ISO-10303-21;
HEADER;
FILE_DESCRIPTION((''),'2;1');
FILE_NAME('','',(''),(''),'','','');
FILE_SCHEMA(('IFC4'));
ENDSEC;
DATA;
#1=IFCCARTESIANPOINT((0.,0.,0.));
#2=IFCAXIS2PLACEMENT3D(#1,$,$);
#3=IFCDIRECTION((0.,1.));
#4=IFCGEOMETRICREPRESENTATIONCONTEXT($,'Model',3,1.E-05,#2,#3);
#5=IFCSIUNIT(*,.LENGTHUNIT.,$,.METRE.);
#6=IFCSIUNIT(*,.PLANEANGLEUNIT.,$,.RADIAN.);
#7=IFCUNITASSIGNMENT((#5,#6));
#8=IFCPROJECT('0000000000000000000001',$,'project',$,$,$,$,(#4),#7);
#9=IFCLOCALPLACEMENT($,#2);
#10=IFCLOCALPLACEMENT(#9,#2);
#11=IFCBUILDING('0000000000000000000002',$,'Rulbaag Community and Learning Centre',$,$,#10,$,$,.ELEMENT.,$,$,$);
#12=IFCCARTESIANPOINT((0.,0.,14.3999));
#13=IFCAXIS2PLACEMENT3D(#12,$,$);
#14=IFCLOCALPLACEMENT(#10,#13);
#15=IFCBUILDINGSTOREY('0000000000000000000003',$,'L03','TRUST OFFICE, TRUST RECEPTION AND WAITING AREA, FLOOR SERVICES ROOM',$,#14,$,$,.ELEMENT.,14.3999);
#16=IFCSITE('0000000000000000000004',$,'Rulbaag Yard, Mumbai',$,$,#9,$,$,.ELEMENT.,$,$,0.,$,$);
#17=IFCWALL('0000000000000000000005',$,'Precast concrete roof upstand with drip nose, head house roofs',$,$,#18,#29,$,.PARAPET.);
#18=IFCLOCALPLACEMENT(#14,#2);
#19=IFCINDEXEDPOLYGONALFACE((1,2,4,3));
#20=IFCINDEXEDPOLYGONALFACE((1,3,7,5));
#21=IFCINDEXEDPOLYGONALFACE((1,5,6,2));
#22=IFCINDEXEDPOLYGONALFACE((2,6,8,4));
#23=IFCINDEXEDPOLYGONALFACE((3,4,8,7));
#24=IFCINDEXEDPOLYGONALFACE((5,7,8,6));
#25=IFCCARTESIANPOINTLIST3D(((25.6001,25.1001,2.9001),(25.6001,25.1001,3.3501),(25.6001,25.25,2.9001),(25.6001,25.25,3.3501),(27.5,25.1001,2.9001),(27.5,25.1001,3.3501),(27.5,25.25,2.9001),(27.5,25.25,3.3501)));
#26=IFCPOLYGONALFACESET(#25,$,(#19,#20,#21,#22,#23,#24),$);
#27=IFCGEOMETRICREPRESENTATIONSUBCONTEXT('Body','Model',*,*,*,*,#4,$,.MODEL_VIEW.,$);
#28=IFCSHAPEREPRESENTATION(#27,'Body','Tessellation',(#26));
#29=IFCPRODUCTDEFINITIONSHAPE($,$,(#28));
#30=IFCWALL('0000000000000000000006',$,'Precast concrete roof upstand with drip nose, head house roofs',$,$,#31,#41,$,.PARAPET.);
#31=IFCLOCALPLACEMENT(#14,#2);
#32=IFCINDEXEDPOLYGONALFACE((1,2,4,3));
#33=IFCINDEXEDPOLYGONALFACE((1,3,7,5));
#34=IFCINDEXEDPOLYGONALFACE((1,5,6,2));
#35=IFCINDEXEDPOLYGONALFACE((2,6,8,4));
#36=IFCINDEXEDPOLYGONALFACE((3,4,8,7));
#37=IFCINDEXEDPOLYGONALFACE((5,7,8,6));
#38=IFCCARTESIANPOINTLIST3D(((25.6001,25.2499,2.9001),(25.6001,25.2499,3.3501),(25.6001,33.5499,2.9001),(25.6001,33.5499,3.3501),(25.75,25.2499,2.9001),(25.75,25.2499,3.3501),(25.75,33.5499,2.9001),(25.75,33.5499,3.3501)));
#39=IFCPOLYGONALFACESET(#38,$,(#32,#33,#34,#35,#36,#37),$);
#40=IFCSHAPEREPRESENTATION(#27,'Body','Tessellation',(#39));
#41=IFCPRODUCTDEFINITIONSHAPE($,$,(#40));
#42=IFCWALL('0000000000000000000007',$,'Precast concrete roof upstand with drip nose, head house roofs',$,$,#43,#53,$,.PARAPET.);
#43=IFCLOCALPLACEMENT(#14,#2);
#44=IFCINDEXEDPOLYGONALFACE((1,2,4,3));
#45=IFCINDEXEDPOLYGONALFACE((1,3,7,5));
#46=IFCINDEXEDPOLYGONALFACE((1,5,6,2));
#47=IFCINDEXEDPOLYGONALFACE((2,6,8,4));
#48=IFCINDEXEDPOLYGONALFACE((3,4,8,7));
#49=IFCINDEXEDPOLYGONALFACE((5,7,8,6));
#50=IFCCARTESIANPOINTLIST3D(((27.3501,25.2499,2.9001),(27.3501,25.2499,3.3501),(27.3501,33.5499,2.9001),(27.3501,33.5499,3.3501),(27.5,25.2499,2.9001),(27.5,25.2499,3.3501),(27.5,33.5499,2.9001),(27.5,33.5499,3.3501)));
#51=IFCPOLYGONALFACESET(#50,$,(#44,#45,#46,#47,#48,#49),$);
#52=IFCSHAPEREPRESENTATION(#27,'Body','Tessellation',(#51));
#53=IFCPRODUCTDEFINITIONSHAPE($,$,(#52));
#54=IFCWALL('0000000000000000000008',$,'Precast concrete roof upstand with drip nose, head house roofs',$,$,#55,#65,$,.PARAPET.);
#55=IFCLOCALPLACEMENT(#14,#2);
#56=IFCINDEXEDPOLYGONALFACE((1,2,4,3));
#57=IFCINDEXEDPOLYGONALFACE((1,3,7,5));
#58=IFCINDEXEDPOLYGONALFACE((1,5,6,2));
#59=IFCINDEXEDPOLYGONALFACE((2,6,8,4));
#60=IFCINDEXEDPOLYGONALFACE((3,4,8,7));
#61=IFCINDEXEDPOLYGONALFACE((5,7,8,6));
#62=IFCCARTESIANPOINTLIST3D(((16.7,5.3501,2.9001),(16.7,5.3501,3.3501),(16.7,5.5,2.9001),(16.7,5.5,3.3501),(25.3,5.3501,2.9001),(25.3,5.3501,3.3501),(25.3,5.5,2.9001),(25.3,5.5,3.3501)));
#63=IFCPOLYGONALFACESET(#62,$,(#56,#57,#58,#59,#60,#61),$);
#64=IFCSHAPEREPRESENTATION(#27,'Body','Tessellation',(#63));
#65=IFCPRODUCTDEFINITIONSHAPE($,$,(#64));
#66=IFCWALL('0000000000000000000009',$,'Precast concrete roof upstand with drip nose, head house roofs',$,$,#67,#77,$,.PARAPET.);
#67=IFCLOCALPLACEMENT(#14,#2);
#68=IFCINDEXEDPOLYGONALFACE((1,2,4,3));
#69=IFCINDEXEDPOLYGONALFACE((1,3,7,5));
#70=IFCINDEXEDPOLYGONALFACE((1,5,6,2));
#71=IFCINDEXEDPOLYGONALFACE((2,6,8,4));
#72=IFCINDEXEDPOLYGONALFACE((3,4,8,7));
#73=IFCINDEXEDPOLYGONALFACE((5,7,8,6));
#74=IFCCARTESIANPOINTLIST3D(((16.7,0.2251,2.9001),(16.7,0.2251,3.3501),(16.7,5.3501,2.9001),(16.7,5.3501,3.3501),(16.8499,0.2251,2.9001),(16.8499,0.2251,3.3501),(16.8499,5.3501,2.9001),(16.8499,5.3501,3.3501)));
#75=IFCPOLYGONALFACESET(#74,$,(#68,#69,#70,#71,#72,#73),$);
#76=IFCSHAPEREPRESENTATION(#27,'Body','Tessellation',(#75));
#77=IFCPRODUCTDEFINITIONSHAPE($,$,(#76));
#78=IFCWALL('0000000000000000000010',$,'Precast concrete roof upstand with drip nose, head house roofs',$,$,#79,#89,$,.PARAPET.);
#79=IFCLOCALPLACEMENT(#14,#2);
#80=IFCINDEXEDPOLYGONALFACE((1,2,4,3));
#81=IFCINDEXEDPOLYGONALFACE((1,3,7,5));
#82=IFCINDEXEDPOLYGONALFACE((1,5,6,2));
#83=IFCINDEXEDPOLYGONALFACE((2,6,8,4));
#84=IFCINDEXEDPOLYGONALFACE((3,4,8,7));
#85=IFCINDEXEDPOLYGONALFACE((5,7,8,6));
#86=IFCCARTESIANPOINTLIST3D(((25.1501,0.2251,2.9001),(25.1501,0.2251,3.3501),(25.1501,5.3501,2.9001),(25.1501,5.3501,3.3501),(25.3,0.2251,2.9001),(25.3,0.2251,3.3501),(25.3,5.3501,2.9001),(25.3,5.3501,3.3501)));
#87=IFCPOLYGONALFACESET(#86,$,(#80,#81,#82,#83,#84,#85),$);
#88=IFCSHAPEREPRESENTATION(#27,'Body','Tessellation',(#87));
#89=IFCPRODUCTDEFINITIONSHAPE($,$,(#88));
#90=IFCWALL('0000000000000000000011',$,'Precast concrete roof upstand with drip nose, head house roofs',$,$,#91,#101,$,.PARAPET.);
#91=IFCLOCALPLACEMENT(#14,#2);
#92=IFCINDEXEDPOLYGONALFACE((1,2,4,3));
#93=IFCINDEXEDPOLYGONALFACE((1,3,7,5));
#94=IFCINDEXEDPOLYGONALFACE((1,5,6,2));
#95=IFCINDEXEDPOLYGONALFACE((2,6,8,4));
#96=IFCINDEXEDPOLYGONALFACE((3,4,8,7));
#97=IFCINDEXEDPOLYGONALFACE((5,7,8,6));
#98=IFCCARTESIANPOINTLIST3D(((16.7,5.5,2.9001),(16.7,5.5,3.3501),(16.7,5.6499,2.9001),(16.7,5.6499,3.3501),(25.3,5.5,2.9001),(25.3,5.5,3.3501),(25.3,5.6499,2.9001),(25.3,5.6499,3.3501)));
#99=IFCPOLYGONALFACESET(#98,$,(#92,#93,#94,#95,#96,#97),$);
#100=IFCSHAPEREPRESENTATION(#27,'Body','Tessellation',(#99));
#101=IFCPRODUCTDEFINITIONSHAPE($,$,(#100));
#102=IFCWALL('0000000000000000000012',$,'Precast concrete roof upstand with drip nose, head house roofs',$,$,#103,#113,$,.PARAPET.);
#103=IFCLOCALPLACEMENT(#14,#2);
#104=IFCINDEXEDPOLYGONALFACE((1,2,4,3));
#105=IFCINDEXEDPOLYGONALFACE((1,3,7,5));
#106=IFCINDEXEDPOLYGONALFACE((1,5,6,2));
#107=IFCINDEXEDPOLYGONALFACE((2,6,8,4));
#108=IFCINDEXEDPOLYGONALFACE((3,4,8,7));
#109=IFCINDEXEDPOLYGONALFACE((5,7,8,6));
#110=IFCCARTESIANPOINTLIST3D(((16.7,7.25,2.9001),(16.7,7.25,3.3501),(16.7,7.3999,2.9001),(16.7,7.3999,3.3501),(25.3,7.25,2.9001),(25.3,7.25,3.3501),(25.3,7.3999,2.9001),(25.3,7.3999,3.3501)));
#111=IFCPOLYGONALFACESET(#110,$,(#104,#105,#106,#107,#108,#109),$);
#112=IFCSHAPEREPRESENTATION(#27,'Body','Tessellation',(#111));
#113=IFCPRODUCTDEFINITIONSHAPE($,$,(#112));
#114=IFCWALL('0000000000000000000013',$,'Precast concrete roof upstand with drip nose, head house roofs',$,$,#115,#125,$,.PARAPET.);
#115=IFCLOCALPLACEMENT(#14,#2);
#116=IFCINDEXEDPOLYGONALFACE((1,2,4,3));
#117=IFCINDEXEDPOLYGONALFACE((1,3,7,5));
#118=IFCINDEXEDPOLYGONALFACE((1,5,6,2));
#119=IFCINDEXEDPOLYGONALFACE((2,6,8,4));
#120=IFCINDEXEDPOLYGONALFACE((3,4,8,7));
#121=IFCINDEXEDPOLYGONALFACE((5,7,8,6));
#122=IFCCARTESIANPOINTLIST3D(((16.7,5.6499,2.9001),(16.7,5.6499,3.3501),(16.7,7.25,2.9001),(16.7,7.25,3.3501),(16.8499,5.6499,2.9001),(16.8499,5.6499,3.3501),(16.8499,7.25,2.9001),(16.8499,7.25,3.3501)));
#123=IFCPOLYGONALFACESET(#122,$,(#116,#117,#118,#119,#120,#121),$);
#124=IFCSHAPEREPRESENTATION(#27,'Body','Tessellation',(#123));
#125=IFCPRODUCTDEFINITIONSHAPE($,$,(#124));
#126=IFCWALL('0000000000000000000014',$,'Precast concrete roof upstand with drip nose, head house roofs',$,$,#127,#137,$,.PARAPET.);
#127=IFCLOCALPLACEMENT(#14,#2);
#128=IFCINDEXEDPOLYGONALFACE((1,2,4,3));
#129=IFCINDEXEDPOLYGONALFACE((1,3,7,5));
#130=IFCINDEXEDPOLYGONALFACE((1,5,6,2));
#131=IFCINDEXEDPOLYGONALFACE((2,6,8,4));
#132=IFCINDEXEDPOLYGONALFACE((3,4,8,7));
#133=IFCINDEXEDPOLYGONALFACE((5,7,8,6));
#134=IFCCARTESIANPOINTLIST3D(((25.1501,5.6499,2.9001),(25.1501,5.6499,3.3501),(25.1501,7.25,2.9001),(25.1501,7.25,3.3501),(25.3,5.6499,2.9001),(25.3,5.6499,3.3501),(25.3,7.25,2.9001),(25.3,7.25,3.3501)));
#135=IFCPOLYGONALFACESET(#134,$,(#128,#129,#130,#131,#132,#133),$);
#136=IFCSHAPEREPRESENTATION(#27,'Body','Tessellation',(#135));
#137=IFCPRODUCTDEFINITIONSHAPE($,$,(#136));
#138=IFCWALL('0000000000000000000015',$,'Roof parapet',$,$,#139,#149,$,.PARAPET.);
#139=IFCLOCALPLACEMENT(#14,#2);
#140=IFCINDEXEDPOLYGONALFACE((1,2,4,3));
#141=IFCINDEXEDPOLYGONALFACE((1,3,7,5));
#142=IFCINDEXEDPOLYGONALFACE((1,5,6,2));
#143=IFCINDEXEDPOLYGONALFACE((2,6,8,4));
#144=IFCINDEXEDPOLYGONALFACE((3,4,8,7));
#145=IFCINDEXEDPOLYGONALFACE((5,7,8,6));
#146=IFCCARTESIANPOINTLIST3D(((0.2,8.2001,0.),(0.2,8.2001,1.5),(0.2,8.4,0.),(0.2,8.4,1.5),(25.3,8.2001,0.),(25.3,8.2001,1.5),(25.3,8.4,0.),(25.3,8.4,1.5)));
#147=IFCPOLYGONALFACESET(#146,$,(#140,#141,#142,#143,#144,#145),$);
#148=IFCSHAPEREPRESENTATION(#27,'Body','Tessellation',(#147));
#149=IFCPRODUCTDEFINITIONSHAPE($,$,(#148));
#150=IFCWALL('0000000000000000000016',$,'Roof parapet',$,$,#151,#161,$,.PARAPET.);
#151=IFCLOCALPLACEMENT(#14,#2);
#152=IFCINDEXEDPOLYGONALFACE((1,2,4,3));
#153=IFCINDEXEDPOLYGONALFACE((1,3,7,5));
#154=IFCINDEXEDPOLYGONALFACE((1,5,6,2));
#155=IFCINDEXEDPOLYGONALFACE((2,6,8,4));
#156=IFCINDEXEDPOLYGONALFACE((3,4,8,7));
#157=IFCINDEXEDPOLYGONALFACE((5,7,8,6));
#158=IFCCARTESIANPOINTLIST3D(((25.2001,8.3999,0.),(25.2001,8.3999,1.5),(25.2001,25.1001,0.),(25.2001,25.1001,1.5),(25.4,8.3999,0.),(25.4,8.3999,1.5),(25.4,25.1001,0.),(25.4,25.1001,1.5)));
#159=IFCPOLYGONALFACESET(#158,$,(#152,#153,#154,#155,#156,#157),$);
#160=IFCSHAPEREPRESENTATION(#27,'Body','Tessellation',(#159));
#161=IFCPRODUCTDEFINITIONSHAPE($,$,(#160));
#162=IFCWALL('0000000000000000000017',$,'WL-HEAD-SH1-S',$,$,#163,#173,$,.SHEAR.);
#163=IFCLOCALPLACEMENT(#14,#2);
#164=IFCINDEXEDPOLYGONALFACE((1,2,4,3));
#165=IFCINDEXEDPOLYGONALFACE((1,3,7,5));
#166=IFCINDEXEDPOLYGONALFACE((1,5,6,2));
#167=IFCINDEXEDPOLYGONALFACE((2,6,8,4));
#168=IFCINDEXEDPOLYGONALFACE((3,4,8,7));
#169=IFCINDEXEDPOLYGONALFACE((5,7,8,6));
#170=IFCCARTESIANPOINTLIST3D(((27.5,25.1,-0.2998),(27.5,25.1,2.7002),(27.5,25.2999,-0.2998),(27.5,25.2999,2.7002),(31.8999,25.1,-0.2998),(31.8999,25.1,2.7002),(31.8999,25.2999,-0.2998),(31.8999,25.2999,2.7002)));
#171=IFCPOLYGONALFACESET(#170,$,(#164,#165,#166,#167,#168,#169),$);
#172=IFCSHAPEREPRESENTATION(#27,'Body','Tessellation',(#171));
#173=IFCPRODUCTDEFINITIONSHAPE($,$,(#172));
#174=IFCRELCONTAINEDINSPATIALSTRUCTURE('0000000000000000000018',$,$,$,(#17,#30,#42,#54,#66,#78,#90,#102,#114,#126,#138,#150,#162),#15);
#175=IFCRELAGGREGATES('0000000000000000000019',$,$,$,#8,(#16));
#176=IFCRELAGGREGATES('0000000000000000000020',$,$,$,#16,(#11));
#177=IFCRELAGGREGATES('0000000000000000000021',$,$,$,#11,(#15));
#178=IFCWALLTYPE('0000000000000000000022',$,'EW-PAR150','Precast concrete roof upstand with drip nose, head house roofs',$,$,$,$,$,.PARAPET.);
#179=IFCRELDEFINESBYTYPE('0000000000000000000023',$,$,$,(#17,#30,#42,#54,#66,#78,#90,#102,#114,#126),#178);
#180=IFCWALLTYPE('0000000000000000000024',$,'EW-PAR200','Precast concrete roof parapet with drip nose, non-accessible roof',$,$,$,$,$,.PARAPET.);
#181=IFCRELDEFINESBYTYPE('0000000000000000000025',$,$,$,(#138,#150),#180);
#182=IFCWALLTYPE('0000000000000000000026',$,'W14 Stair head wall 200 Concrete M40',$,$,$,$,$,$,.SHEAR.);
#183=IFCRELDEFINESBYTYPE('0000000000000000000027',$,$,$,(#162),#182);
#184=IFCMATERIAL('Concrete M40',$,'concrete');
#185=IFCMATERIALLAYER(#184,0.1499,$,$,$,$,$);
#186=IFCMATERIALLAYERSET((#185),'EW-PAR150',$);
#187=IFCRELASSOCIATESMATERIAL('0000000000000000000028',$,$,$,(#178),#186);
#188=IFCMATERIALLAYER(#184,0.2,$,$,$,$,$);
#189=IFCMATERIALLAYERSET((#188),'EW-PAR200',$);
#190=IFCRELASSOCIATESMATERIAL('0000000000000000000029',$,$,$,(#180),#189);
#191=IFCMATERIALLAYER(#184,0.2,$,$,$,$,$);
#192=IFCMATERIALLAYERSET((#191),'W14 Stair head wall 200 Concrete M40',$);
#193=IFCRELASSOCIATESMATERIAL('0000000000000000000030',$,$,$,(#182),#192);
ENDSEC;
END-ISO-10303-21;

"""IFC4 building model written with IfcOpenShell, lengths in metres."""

from ifc_helpers import new_model, si_unit, direction, frame, frame_2d, origin, place, context, subcontext, project, spatial, rectangle, extrude, material, layer, layer_set, type_object, element, save


model = new_model("IFC4")

# Units and contexts
model_context = context("Model", 3, precision=1e-05, world=origin(), true_north=direction((0.0, 1.0)))
body_context = subcontext(model_context, "Body", "Model", "MODEL_VIEW")
ifc_project = project(units=[si_unit("LENGTHUNIT", "METRE"), si_unit("PLANEANGLEUNIT", "RADIAN")], contexts=[model_context])

# Site, building, storey
site_placement = place(None, origin())
site = spatial("IfcSite", under=ifc_project, at=site_placement, Name="Rulbaag Yard, Mumbai", CompositionType="ELEMENT", RefElevation=0.0)
building_placement = place(site_placement, origin())
building = spatial("IfcBuilding", under=site, at=building_placement, Name="Rulbaag Community and Learning Centre", CompositionType="ELEMENT")
storey_placement = place(building_placement, frame((0.0, 0.0, 14.3999)))
storey = spatial("IfcBuildingStorey", under=building, at=storey_placement, Name="L03", Description="TRUST OFFICE, TRUST RECEPTION AND WAITING AREA, FLOOR SERVICES ROOM", CompositionType="ELEMENT", Elevation=14.3999)

# Shared definitions
ifc_material_1 = material(Name="Concrete M40", Category="concrete")

# Walls
ifc_layer_1 = layer(ifc_material_1, 0.1499)
ifc_layer_set_1 = layer_set([ifc_layer_1], Name="EW-PAR150")
wall_type_1 = type_object("IfcWallType", Name="EW-PAR150", Description="Precast concrete roof upstand with drip nose, head house roofs", PredefinedType="PARAPET", material=ifc_layer_set_1)
wall_1_placement = place(storey_placement, frame((25.6001, 25.175, 2.9001), z_axis=(0.0, 0.0, 1.0), x_axis=(1.0, 0.0, 0.0)))
element("IfcWall", 1, at=wall_1_placement, inside=storey, type_object=wall_type_1, Name="Precast concrete roof upstand with drip nose, head house roofs", PredefinedType="PARAPET", context=body_context, shape_type="SweptSolid", body=[
    extrude(rectangle(XDim=1.8999, YDim=0.1499, at=frame_2d((0.95, 0.0))), origin(), (0.0, 0.0, 1.0), 0.45),
])
for number, where, z_axis, x_axis, name in (
    (2, (25.675, 25.25, 2.9001), (0.0, 0.0, 1.0), (0.0, 1.0, 0.0), "Precast concrete roof upstand with drip nose, head house roofs"),
    (3, (27.425, 25.25, 2.9001), (0.0, 0.0, 1.0), (0.0, 1.0, 0.0), "Precast concrete roof upstand with drip nose, head house roofs"),
):
    element("IfcWall", number, at=place(storey_placement, frame(where, z_axis=z_axis, x_axis=x_axis)), inside=storey, type_object=wall_type_1, Name=name, PredefinedType="PARAPET", context=body_context, shape_type="SweptSolid", body=[
        extrude(rectangle(XDim=8.3, YDim=0.1499, at=frame_2d((4.1499, 0.0))), origin(), (0.0, 0.0, 1.0), 0.45),
    ])
wall_2_placement = place(storey_placement, frame((16.7, 5.425, 2.9001), z_axis=(0.0, 0.0, 1.0), x_axis=(1.0, 0.0, 0.0)))
element("IfcWall", 4, at=wall_2_placement, inside=storey, type_object=wall_type_1, Name="Precast concrete roof upstand with drip nose, head house roofs", PredefinedType="PARAPET", context=body_context, shape_type="SweptSolid", body=[
    extrude(rectangle(XDim=8.6001, YDim=0.1499, at=frame_2d((4.3, 0.0))), origin(), (0.0, 0.0, 1.0), 0.45),
])
for number, where, z_axis, x_axis, name in (
    (5, (16.7749, 0.2251, 2.9001), (0.0, 0.0, 1.0), (0.0, 1.0, 0.0), "Precast concrete roof upstand with drip nose, head house roofs"),
    (6, (25.2251, 0.2251, 2.9001), (0.0, 0.0, 1.0), (0.0, 1.0, 0.0), "Precast concrete roof upstand with drip nose, head house roofs"),
):
    element("IfcWall", number, at=place(storey_placement, frame(where, z_axis=z_axis, x_axis=x_axis)), inside=storey, type_object=wall_type_1, Name=name, PredefinedType="PARAPET", context=body_context, shape_type="SweptSolid", body=[
        extrude(rectangle(XDim=5.125, YDim=0.1499, at=frame_2d((2.5625, 0.0))), origin(), (0.0, 0.0, 1.0), 0.45),
    ])
for number, where, z_axis, x_axis, name in (
    (7, (16.7, 5.575, 2.9001), (0.0, 0.0, 1.0), (1.0, 0.0, 0.0), "Precast concrete roof upstand with drip nose, head house roofs"),
    (8, (16.7, 7.325, 2.9001), (0.0, 0.0, 1.0), (1.0, 0.0, 0.0), "Precast concrete roof upstand with drip nose, head house roofs"),
):
    element("IfcWall", number, at=place(storey_placement, frame(where, z_axis=z_axis, x_axis=x_axis)), inside=storey, type_object=wall_type_1, Name=name, PredefinedType="PARAPET", context=body_context, shape_type="SweptSolid", body=[
        extrude(rectangle(XDim=8.6001, YDim=0.1499, at=frame_2d((4.3, 0.0))), origin(), (0.0, 0.0, 1.0), 0.45),
    ])
for number, where, z_axis, x_axis, name in (
    (9, (16.7749, 5.6499, 2.9001), (0.0, 0.0, 1.0), (0.0, 1.0, 0.0), "Precast concrete roof upstand with drip nose, head house roofs"),
    (10, (25.2251, 5.6499, 2.9001), (0.0, 0.0, 1.0), (0.0, 1.0, 0.0), "Precast concrete roof upstand with drip nose, head house roofs"),
):
    element("IfcWall", number, at=place(storey_placement, frame(where, z_axis=z_axis, x_axis=x_axis)), inside=storey, type_object=wall_type_1, Name=name, PredefinedType="PARAPET", context=body_context, shape_type="SweptSolid", body=[
        extrude(rectangle(XDim=1.6001, YDim=0.1499, at=frame_2d((0.8, 0.0))), origin(), (0.0, 0.0, 1.0), 0.45),
    ])
ifc_layer_2 = layer(ifc_material_1, 0.2)
ifc_layer_set_2 = layer_set([ifc_layer_2], Name="EW-PAR200")
wall_type_2 = type_object("IfcWallType", Name="EW-PAR200", Description="Precast concrete roof parapet with drip nose, non-accessible roof", PredefinedType="PARAPET", material=ifc_layer_set_2)
wall_3_placement = place(storey_placement, frame((0.2, 8.3, 0.0), z_axis=(0.0, 0.0, 1.0), x_axis=(1.0, 0.0, 0.0)))
element("IfcWall", 11, at=wall_3_placement, inside=storey, type_object=wall_type_2, Name="Roof parapet", PredefinedType="PARAPET", context=body_context, shape_type="SweptSolid", body=[
    extrude(rectangle(XDim=25.1001, YDim=0.2, at=frame_2d((12.55, 0.0))), origin(), (0.0, 0.0, 1.0), 1.5),
])
wall_4_placement = place(storey_placement, frame((25.3, 8.3999, 0.0), z_axis=(0.0, 0.0, 1.0), x_axis=(0.0, 1.0, 0.0)))
element("IfcWall", 12, at=wall_4_placement, inside=storey, type_object=wall_type_2, Name="Roof parapet", PredefinedType="PARAPET", context=body_context, shape_type="SweptSolid", body=[
    extrude(rectangle(XDim=16.7002, YDim=0.2, at=frame_2d((8.3501, 0.0))), origin(), (0.0, 0.0, 1.0), 1.5),
])
ifc_layer_3 = layer(ifc_material_1, 0.2)
ifc_layer_set_3 = layer_set([ifc_layer_3], Name="W14 Stair head wall 200 Concrete M40")
wall_type_3 = type_object("IfcWallType", Name="W14 Stair head wall 200 Concrete M40", PredefinedType="SHEAR", material=ifc_layer_set_3)
wall_5_placement = place(storey_placement, frame((27.5, 25.2, -0.2998), z_axis=(0.0, 0.0, 1.0), x_axis=(1.0, 0.0, 0.0)))
element("IfcWall", 13, at=wall_5_placement, inside=storey, type_object=wall_type_3, Name="WL-HEAD-SH1-S", PredefinedType="SHEAR", context=body_context, shape_type="SweptSolid", body=[
    extrude(rectangle(XDim=4.3999, YDim=0.2, at=frame_2d((2.2, 0.0))), origin(), (0.0, 0.0, 1.0), 3.0),
])

save(model, "model.ifc")
